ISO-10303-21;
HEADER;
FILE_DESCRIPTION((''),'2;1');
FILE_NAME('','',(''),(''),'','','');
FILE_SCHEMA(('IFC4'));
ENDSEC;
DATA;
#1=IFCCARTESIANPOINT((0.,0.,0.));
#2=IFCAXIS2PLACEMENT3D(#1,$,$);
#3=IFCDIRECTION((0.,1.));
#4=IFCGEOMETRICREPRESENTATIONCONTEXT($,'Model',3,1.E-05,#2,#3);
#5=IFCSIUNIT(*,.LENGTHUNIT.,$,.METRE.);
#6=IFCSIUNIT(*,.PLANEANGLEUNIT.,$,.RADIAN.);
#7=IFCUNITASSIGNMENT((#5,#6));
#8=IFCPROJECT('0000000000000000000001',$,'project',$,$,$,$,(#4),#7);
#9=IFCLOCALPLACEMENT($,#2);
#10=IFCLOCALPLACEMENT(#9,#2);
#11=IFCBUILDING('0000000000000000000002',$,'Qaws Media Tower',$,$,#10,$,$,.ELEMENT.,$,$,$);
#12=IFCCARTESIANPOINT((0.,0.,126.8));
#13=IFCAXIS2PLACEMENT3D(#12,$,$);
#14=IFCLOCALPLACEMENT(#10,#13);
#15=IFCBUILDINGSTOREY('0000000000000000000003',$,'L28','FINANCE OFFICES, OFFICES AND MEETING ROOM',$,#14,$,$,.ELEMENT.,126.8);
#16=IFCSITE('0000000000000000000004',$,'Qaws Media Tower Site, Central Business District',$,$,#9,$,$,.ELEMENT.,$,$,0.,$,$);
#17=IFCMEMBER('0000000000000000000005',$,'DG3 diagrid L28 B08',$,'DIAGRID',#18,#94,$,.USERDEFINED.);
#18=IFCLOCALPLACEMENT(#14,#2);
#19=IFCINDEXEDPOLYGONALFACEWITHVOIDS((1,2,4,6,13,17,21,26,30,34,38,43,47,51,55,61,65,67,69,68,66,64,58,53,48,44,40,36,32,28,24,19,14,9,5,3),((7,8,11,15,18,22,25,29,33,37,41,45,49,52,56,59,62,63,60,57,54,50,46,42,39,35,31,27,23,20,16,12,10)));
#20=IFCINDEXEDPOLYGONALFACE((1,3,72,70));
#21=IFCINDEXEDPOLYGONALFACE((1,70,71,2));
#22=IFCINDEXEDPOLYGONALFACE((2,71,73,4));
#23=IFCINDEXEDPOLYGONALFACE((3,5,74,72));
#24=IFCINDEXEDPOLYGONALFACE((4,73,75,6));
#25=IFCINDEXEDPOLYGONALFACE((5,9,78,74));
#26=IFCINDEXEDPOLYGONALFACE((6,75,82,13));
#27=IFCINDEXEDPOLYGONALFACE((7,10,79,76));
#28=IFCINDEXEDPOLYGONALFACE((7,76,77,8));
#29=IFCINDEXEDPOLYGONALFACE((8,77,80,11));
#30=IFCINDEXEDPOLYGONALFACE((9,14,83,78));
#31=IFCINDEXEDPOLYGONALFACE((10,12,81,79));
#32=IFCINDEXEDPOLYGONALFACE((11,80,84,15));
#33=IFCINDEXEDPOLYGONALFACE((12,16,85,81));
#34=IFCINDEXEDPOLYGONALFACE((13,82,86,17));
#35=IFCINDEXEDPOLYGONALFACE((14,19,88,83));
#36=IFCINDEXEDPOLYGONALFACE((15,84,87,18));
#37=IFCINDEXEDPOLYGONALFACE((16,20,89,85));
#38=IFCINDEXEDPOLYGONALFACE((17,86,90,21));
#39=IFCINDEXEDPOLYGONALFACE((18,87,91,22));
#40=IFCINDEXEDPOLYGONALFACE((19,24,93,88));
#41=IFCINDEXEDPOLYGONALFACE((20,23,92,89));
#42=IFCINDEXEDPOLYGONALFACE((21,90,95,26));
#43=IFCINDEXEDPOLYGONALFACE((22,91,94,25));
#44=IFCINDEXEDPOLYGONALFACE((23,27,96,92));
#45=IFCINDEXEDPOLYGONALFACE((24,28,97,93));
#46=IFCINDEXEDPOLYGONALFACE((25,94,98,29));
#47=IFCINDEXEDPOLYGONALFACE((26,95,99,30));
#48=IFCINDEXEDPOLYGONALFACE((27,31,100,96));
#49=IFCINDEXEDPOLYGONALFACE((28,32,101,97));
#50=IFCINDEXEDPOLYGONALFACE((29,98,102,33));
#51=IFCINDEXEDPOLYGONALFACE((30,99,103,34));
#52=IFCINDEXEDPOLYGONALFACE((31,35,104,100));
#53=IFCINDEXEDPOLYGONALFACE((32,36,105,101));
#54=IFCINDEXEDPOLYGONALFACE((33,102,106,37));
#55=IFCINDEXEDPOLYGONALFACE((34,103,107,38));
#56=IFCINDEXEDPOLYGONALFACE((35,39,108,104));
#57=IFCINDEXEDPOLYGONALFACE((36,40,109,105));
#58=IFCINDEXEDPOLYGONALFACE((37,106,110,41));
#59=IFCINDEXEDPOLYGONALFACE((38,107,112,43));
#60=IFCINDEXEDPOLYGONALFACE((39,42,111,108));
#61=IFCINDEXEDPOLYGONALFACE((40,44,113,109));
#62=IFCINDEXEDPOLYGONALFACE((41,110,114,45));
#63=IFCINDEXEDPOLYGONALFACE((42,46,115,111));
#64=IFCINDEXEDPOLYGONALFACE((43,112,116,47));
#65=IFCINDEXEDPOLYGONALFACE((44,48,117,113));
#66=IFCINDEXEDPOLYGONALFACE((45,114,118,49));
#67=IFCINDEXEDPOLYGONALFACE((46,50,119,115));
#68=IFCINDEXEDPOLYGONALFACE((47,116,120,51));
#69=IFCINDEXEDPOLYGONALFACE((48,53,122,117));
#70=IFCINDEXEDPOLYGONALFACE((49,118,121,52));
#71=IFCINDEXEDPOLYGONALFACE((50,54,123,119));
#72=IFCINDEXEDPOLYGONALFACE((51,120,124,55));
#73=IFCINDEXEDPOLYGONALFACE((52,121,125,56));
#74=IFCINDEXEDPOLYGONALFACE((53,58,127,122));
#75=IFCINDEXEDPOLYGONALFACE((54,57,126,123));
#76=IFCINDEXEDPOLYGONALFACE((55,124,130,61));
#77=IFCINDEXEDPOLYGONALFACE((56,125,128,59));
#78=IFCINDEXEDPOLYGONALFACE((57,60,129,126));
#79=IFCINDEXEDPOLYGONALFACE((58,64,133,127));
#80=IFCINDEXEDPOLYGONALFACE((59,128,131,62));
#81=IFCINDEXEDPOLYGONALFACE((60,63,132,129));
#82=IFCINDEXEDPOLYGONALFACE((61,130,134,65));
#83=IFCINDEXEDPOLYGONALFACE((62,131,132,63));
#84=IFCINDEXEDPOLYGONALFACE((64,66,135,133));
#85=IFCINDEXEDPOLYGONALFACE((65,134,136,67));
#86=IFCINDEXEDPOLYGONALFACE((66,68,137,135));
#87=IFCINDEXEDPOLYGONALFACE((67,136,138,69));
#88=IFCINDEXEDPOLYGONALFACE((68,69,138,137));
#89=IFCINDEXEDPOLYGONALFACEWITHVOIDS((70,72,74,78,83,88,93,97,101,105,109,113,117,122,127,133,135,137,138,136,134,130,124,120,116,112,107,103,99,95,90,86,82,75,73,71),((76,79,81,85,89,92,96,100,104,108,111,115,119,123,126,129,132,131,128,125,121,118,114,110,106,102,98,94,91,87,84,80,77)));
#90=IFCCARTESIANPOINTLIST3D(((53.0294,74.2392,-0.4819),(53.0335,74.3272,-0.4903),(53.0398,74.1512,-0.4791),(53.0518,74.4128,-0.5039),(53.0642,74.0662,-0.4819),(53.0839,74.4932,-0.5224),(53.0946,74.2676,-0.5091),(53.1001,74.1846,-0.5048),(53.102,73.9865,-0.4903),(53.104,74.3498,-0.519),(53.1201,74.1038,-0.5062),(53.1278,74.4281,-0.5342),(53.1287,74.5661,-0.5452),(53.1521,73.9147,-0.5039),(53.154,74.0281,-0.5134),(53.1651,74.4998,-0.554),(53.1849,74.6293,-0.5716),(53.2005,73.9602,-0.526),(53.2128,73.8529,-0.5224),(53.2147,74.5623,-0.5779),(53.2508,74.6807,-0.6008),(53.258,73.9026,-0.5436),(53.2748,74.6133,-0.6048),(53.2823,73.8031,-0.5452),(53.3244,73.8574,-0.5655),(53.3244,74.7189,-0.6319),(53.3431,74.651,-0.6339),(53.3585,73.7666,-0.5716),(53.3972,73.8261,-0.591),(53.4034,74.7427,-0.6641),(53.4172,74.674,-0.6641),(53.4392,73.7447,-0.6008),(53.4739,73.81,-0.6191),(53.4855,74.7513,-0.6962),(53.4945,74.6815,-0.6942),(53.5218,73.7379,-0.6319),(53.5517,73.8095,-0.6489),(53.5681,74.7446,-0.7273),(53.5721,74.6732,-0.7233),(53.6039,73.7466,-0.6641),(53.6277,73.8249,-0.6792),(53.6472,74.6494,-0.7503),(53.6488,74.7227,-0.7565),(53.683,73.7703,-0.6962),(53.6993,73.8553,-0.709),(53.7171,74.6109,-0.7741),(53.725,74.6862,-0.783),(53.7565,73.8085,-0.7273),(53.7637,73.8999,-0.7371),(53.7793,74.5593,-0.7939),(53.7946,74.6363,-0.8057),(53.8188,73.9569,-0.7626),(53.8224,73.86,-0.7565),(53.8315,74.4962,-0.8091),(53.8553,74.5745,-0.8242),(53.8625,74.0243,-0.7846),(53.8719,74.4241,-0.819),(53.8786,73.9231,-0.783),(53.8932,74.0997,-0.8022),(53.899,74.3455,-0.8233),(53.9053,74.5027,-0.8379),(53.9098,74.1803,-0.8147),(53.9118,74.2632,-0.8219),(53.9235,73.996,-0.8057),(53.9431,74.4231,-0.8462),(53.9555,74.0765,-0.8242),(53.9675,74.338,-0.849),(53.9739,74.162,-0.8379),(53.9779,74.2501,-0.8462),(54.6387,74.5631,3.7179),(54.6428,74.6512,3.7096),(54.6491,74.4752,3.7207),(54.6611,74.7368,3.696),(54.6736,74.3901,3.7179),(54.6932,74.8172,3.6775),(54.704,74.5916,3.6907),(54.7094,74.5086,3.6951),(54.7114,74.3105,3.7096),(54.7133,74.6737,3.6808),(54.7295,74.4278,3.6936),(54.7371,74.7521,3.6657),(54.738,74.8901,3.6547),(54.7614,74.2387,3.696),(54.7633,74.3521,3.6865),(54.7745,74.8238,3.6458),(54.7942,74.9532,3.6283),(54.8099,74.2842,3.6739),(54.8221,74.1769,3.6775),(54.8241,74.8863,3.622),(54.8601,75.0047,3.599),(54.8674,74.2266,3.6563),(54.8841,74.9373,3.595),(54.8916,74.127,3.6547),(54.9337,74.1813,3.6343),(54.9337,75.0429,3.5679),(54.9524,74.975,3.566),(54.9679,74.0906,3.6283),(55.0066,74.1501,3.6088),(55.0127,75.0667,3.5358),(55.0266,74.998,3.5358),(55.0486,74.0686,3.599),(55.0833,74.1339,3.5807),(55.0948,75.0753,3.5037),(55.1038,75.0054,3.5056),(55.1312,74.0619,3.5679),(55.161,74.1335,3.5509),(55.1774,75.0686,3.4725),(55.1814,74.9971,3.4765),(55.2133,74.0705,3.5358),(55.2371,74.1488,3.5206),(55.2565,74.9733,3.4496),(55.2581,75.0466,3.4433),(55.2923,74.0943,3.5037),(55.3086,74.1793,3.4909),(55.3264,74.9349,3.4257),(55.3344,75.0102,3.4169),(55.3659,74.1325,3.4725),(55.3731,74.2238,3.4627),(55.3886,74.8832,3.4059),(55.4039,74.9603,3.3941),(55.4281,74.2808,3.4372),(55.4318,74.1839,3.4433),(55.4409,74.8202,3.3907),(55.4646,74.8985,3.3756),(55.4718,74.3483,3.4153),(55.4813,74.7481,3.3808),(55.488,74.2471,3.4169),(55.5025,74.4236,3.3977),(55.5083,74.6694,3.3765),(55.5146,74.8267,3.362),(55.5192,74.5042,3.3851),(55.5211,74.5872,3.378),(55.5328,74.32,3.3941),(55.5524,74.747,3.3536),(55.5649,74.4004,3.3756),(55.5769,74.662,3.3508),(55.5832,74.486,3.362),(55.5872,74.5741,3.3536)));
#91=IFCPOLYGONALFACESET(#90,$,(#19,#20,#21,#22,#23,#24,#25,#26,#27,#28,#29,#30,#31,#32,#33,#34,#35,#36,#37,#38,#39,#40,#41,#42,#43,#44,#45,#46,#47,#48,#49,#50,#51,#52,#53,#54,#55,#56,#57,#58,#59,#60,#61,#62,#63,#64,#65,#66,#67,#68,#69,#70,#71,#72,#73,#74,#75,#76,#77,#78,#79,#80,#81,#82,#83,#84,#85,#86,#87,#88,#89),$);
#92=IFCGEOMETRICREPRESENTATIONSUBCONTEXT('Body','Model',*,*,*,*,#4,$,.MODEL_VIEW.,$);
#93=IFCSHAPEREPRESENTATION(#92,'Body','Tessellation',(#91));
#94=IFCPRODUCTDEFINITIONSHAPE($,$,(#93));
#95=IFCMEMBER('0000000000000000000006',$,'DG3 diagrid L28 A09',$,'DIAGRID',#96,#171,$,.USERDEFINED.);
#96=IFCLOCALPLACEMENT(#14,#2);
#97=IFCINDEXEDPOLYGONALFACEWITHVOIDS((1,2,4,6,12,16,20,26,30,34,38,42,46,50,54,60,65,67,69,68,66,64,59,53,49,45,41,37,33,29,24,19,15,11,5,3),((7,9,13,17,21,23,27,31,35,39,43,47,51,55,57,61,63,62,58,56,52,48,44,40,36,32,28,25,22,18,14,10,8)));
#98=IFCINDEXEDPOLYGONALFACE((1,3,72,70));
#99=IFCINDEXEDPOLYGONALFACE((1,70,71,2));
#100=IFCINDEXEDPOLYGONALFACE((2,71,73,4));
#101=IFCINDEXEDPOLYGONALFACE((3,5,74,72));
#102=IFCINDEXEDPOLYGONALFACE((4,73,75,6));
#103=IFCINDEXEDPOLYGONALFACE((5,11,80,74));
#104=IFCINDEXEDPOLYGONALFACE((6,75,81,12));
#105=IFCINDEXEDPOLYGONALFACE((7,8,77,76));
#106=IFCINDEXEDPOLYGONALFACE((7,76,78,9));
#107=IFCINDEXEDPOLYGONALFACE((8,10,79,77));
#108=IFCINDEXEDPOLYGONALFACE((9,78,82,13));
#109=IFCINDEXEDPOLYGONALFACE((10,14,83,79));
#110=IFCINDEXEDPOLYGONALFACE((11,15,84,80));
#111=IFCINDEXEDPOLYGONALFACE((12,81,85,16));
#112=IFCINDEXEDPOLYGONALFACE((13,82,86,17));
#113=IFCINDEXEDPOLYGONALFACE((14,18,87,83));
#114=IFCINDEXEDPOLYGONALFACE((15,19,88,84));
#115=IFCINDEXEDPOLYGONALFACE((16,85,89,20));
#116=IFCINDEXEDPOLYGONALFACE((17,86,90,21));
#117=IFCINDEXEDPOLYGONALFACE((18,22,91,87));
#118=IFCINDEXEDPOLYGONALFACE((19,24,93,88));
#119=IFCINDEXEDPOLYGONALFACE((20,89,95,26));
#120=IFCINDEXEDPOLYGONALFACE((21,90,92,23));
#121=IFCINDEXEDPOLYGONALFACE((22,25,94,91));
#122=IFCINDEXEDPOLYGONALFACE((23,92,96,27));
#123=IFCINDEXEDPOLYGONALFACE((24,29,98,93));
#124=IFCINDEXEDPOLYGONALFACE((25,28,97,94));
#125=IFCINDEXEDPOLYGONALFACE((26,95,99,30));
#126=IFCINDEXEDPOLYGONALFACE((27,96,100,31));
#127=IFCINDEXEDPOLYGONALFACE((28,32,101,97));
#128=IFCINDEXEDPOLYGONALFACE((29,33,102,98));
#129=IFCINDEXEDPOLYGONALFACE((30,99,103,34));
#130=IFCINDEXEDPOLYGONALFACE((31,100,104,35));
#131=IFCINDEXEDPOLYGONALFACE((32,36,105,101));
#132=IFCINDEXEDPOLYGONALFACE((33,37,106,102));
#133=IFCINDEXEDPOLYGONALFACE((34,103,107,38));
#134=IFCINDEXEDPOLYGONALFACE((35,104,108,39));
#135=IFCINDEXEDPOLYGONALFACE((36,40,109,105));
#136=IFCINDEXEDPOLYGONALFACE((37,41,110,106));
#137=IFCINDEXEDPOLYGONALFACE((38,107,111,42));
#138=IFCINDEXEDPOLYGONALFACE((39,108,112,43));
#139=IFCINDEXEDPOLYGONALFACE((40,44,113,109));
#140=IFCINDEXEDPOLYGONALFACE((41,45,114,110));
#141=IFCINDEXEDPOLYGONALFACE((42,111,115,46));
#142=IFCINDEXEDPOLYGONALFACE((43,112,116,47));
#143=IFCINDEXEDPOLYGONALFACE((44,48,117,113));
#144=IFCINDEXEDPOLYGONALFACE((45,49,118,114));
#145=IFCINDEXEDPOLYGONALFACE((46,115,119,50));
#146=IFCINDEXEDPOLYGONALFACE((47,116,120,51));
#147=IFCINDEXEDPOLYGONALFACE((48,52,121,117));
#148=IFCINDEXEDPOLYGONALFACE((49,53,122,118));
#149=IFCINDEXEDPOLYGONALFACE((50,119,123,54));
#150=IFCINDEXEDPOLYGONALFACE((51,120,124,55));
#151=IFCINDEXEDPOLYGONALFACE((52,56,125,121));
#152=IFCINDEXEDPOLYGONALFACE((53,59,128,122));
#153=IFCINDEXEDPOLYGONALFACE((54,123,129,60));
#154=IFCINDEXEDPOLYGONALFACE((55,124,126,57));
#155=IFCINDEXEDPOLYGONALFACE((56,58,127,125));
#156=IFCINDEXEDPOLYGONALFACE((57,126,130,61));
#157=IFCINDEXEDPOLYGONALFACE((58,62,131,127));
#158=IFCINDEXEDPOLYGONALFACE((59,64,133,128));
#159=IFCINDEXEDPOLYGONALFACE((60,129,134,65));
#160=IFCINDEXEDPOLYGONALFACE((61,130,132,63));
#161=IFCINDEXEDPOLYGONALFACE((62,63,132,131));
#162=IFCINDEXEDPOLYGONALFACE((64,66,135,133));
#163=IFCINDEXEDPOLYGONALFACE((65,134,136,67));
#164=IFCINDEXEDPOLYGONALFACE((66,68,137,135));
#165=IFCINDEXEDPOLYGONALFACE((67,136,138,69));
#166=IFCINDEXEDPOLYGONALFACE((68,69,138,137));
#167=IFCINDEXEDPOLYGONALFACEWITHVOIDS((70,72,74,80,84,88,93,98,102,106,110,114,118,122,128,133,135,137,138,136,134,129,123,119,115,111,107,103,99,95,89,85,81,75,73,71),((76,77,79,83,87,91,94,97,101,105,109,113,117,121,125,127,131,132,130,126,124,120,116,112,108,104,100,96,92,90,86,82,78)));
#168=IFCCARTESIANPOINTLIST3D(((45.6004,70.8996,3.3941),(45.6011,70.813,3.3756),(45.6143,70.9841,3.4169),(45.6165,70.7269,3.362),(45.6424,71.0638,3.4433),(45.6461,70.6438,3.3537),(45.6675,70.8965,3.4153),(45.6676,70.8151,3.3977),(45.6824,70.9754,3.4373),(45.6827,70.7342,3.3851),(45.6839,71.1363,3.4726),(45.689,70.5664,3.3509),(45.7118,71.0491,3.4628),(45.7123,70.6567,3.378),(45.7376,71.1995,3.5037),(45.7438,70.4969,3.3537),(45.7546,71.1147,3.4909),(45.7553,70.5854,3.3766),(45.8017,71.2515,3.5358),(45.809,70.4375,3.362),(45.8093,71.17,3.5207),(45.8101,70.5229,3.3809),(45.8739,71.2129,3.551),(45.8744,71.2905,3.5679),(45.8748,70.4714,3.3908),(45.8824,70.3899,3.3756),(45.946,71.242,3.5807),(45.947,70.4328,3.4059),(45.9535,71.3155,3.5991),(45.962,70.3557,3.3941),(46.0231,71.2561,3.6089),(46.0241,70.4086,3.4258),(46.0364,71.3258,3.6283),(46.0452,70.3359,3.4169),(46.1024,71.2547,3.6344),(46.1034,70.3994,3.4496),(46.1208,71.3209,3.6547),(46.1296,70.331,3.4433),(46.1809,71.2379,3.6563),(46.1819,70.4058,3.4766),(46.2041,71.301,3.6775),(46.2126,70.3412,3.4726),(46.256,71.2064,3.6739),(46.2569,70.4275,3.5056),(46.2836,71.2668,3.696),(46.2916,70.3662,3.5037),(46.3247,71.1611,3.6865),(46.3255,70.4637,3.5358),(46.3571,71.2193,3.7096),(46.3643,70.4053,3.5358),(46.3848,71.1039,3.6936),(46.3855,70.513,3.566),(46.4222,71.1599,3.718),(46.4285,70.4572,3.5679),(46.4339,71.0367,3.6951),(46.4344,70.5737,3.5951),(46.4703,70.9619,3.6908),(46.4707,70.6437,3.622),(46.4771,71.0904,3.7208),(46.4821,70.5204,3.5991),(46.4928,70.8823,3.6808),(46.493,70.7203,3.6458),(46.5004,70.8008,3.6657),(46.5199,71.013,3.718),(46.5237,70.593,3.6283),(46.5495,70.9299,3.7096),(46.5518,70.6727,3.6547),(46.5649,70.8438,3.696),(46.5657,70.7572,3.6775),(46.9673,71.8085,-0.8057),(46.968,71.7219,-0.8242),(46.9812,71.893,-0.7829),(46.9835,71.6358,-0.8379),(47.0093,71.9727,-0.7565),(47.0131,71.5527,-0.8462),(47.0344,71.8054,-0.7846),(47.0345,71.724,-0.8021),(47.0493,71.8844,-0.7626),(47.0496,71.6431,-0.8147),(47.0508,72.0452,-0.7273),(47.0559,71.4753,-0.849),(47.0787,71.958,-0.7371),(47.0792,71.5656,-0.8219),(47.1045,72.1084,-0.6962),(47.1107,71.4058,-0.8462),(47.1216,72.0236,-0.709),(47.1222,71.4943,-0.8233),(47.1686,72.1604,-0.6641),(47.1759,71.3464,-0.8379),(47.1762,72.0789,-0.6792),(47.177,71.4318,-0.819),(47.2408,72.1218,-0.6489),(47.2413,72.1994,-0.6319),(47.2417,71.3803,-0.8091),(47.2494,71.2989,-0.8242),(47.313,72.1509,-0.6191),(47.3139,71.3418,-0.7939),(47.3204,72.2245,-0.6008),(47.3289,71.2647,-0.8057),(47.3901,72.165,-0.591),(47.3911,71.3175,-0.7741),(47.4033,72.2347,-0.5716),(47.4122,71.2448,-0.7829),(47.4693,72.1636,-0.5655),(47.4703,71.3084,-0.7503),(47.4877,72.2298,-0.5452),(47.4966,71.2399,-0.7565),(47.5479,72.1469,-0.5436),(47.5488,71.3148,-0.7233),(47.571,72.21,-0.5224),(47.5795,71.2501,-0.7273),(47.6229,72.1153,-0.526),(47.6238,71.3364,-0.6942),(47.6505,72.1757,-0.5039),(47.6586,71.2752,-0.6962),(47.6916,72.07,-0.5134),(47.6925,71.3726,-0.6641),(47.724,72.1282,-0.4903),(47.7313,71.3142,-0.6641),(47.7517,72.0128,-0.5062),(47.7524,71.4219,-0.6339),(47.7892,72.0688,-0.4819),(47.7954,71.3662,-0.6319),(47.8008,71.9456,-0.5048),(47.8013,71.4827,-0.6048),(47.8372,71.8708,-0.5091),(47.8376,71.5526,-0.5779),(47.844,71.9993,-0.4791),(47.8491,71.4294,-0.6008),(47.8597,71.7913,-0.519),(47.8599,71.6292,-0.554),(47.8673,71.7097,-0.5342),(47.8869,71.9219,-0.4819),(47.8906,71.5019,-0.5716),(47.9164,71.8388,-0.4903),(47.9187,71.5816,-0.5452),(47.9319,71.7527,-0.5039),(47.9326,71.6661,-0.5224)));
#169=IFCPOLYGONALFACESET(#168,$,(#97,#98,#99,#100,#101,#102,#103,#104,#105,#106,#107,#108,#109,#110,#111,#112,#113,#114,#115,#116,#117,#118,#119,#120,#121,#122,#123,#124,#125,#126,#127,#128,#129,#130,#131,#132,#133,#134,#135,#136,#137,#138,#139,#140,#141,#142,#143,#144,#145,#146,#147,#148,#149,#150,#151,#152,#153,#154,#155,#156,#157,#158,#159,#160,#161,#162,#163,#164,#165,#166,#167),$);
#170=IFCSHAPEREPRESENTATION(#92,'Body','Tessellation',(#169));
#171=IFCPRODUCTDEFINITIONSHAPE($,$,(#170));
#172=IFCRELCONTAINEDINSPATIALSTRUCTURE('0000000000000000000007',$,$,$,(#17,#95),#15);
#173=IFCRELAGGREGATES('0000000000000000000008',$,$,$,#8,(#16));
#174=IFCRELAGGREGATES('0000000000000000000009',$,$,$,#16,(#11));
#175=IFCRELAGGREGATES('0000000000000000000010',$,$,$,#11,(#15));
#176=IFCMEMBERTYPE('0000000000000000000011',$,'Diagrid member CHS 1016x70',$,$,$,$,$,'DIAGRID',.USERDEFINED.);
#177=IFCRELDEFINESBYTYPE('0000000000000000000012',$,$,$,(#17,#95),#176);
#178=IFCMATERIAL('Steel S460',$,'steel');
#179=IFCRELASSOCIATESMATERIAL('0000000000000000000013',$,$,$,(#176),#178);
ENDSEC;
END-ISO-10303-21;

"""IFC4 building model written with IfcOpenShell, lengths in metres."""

from ifc_helpers import new_model, si_unit, direction, frame, origin, origin_2d, place, context, subcontext, project, spatial, hollow_circle, extrude, material, material_profile, profile_set, type_object, element, save


model = new_model("IFC4")

# Units and contexts
model_context = context("Model", 3, precision=1e-05, world=origin(), true_north=direction((0.0, 1.0)))
body_context = subcontext(model_context, "Body", "Model", "MODEL_VIEW")
ifc_project = project(units=[si_unit("LENGTHUNIT", "METRE"), si_unit("PLANEANGLEUNIT", "RADIAN")], contexts=[model_context])

# Site, building, storey
site_placement = place(None, origin())
site = spatial("IfcSite", under=ifc_project, at=site_placement, Name="Qaws Media Tower Site, Central Business District", CompositionType="ELEMENT", RefElevation=0.0)
building_placement = place(site_placement, origin())
building = spatial("IfcBuilding", under=site, at=building_placement, Name="Qaws Media Tower", CompositionType="ELEMENT")
storey_placement = place(building_placement, frame((0.0, 0.0, 126.8)))
storey = spatial("IfcBuildingStorey", under=building, at=storey_placement, Name="L28", Description="FINANCE OFFICES, OFFICES AND MEETING ROOM", CompositionType="ELEMENT", Elevation=126.8)

# Members
ifc_material_1 = material(Name="Steel S460", Category="steel")
ifc_material_profile_1 = material_profile(ifc_material_1, hollow_circle(Radius=0.5081, WallThickness=0.0701, at=origin_2d()), Name="CHS 1016x70")
ifc_profile_set_1 = profile_set([ifc_material_profile_1], Name="Steel S460")
member_type_1 = type_object("IfcMemberType", Name="Diagrid member CHS 1016x70", ElementType="DIAGRID", PredefinedType="USERDEFINED", material=ifc_profile_set_1)
for number, where, z_axis, x_axis, name in (
    (1, (53.5037, 74.2446, -0.6641), (0.356894, 0.071844, 0.931378), (-0.197346, 0.980334, 0.0), "DG3 diagrid L28 B08"),
    (2, (47.45, 71.7373, -0.6641), (-0.303135, -0.201567, 0.931386), (0.553704, -0.832713, 0.0), "DG3 diagrid L28 A09"),
):
    element("IfcMember", number, at=place(storey_placement, frame(where, z_axis=z_axis, x_axis=x_axis)), inside=storey, type_object=member_type_1, Name=name, ObjectType="DIAGRID", PredefinedType="USERDEFINED", context=body_context, shape_type="SweptSolid", body=[
        extrude(hollow_circle(Radius=0.5081, WallThickness=0.0701, at=origin_2d()), origin(), (0.0, 0.0, 1.0), 4.5093),
    ])

save(model, "model.ifc")
